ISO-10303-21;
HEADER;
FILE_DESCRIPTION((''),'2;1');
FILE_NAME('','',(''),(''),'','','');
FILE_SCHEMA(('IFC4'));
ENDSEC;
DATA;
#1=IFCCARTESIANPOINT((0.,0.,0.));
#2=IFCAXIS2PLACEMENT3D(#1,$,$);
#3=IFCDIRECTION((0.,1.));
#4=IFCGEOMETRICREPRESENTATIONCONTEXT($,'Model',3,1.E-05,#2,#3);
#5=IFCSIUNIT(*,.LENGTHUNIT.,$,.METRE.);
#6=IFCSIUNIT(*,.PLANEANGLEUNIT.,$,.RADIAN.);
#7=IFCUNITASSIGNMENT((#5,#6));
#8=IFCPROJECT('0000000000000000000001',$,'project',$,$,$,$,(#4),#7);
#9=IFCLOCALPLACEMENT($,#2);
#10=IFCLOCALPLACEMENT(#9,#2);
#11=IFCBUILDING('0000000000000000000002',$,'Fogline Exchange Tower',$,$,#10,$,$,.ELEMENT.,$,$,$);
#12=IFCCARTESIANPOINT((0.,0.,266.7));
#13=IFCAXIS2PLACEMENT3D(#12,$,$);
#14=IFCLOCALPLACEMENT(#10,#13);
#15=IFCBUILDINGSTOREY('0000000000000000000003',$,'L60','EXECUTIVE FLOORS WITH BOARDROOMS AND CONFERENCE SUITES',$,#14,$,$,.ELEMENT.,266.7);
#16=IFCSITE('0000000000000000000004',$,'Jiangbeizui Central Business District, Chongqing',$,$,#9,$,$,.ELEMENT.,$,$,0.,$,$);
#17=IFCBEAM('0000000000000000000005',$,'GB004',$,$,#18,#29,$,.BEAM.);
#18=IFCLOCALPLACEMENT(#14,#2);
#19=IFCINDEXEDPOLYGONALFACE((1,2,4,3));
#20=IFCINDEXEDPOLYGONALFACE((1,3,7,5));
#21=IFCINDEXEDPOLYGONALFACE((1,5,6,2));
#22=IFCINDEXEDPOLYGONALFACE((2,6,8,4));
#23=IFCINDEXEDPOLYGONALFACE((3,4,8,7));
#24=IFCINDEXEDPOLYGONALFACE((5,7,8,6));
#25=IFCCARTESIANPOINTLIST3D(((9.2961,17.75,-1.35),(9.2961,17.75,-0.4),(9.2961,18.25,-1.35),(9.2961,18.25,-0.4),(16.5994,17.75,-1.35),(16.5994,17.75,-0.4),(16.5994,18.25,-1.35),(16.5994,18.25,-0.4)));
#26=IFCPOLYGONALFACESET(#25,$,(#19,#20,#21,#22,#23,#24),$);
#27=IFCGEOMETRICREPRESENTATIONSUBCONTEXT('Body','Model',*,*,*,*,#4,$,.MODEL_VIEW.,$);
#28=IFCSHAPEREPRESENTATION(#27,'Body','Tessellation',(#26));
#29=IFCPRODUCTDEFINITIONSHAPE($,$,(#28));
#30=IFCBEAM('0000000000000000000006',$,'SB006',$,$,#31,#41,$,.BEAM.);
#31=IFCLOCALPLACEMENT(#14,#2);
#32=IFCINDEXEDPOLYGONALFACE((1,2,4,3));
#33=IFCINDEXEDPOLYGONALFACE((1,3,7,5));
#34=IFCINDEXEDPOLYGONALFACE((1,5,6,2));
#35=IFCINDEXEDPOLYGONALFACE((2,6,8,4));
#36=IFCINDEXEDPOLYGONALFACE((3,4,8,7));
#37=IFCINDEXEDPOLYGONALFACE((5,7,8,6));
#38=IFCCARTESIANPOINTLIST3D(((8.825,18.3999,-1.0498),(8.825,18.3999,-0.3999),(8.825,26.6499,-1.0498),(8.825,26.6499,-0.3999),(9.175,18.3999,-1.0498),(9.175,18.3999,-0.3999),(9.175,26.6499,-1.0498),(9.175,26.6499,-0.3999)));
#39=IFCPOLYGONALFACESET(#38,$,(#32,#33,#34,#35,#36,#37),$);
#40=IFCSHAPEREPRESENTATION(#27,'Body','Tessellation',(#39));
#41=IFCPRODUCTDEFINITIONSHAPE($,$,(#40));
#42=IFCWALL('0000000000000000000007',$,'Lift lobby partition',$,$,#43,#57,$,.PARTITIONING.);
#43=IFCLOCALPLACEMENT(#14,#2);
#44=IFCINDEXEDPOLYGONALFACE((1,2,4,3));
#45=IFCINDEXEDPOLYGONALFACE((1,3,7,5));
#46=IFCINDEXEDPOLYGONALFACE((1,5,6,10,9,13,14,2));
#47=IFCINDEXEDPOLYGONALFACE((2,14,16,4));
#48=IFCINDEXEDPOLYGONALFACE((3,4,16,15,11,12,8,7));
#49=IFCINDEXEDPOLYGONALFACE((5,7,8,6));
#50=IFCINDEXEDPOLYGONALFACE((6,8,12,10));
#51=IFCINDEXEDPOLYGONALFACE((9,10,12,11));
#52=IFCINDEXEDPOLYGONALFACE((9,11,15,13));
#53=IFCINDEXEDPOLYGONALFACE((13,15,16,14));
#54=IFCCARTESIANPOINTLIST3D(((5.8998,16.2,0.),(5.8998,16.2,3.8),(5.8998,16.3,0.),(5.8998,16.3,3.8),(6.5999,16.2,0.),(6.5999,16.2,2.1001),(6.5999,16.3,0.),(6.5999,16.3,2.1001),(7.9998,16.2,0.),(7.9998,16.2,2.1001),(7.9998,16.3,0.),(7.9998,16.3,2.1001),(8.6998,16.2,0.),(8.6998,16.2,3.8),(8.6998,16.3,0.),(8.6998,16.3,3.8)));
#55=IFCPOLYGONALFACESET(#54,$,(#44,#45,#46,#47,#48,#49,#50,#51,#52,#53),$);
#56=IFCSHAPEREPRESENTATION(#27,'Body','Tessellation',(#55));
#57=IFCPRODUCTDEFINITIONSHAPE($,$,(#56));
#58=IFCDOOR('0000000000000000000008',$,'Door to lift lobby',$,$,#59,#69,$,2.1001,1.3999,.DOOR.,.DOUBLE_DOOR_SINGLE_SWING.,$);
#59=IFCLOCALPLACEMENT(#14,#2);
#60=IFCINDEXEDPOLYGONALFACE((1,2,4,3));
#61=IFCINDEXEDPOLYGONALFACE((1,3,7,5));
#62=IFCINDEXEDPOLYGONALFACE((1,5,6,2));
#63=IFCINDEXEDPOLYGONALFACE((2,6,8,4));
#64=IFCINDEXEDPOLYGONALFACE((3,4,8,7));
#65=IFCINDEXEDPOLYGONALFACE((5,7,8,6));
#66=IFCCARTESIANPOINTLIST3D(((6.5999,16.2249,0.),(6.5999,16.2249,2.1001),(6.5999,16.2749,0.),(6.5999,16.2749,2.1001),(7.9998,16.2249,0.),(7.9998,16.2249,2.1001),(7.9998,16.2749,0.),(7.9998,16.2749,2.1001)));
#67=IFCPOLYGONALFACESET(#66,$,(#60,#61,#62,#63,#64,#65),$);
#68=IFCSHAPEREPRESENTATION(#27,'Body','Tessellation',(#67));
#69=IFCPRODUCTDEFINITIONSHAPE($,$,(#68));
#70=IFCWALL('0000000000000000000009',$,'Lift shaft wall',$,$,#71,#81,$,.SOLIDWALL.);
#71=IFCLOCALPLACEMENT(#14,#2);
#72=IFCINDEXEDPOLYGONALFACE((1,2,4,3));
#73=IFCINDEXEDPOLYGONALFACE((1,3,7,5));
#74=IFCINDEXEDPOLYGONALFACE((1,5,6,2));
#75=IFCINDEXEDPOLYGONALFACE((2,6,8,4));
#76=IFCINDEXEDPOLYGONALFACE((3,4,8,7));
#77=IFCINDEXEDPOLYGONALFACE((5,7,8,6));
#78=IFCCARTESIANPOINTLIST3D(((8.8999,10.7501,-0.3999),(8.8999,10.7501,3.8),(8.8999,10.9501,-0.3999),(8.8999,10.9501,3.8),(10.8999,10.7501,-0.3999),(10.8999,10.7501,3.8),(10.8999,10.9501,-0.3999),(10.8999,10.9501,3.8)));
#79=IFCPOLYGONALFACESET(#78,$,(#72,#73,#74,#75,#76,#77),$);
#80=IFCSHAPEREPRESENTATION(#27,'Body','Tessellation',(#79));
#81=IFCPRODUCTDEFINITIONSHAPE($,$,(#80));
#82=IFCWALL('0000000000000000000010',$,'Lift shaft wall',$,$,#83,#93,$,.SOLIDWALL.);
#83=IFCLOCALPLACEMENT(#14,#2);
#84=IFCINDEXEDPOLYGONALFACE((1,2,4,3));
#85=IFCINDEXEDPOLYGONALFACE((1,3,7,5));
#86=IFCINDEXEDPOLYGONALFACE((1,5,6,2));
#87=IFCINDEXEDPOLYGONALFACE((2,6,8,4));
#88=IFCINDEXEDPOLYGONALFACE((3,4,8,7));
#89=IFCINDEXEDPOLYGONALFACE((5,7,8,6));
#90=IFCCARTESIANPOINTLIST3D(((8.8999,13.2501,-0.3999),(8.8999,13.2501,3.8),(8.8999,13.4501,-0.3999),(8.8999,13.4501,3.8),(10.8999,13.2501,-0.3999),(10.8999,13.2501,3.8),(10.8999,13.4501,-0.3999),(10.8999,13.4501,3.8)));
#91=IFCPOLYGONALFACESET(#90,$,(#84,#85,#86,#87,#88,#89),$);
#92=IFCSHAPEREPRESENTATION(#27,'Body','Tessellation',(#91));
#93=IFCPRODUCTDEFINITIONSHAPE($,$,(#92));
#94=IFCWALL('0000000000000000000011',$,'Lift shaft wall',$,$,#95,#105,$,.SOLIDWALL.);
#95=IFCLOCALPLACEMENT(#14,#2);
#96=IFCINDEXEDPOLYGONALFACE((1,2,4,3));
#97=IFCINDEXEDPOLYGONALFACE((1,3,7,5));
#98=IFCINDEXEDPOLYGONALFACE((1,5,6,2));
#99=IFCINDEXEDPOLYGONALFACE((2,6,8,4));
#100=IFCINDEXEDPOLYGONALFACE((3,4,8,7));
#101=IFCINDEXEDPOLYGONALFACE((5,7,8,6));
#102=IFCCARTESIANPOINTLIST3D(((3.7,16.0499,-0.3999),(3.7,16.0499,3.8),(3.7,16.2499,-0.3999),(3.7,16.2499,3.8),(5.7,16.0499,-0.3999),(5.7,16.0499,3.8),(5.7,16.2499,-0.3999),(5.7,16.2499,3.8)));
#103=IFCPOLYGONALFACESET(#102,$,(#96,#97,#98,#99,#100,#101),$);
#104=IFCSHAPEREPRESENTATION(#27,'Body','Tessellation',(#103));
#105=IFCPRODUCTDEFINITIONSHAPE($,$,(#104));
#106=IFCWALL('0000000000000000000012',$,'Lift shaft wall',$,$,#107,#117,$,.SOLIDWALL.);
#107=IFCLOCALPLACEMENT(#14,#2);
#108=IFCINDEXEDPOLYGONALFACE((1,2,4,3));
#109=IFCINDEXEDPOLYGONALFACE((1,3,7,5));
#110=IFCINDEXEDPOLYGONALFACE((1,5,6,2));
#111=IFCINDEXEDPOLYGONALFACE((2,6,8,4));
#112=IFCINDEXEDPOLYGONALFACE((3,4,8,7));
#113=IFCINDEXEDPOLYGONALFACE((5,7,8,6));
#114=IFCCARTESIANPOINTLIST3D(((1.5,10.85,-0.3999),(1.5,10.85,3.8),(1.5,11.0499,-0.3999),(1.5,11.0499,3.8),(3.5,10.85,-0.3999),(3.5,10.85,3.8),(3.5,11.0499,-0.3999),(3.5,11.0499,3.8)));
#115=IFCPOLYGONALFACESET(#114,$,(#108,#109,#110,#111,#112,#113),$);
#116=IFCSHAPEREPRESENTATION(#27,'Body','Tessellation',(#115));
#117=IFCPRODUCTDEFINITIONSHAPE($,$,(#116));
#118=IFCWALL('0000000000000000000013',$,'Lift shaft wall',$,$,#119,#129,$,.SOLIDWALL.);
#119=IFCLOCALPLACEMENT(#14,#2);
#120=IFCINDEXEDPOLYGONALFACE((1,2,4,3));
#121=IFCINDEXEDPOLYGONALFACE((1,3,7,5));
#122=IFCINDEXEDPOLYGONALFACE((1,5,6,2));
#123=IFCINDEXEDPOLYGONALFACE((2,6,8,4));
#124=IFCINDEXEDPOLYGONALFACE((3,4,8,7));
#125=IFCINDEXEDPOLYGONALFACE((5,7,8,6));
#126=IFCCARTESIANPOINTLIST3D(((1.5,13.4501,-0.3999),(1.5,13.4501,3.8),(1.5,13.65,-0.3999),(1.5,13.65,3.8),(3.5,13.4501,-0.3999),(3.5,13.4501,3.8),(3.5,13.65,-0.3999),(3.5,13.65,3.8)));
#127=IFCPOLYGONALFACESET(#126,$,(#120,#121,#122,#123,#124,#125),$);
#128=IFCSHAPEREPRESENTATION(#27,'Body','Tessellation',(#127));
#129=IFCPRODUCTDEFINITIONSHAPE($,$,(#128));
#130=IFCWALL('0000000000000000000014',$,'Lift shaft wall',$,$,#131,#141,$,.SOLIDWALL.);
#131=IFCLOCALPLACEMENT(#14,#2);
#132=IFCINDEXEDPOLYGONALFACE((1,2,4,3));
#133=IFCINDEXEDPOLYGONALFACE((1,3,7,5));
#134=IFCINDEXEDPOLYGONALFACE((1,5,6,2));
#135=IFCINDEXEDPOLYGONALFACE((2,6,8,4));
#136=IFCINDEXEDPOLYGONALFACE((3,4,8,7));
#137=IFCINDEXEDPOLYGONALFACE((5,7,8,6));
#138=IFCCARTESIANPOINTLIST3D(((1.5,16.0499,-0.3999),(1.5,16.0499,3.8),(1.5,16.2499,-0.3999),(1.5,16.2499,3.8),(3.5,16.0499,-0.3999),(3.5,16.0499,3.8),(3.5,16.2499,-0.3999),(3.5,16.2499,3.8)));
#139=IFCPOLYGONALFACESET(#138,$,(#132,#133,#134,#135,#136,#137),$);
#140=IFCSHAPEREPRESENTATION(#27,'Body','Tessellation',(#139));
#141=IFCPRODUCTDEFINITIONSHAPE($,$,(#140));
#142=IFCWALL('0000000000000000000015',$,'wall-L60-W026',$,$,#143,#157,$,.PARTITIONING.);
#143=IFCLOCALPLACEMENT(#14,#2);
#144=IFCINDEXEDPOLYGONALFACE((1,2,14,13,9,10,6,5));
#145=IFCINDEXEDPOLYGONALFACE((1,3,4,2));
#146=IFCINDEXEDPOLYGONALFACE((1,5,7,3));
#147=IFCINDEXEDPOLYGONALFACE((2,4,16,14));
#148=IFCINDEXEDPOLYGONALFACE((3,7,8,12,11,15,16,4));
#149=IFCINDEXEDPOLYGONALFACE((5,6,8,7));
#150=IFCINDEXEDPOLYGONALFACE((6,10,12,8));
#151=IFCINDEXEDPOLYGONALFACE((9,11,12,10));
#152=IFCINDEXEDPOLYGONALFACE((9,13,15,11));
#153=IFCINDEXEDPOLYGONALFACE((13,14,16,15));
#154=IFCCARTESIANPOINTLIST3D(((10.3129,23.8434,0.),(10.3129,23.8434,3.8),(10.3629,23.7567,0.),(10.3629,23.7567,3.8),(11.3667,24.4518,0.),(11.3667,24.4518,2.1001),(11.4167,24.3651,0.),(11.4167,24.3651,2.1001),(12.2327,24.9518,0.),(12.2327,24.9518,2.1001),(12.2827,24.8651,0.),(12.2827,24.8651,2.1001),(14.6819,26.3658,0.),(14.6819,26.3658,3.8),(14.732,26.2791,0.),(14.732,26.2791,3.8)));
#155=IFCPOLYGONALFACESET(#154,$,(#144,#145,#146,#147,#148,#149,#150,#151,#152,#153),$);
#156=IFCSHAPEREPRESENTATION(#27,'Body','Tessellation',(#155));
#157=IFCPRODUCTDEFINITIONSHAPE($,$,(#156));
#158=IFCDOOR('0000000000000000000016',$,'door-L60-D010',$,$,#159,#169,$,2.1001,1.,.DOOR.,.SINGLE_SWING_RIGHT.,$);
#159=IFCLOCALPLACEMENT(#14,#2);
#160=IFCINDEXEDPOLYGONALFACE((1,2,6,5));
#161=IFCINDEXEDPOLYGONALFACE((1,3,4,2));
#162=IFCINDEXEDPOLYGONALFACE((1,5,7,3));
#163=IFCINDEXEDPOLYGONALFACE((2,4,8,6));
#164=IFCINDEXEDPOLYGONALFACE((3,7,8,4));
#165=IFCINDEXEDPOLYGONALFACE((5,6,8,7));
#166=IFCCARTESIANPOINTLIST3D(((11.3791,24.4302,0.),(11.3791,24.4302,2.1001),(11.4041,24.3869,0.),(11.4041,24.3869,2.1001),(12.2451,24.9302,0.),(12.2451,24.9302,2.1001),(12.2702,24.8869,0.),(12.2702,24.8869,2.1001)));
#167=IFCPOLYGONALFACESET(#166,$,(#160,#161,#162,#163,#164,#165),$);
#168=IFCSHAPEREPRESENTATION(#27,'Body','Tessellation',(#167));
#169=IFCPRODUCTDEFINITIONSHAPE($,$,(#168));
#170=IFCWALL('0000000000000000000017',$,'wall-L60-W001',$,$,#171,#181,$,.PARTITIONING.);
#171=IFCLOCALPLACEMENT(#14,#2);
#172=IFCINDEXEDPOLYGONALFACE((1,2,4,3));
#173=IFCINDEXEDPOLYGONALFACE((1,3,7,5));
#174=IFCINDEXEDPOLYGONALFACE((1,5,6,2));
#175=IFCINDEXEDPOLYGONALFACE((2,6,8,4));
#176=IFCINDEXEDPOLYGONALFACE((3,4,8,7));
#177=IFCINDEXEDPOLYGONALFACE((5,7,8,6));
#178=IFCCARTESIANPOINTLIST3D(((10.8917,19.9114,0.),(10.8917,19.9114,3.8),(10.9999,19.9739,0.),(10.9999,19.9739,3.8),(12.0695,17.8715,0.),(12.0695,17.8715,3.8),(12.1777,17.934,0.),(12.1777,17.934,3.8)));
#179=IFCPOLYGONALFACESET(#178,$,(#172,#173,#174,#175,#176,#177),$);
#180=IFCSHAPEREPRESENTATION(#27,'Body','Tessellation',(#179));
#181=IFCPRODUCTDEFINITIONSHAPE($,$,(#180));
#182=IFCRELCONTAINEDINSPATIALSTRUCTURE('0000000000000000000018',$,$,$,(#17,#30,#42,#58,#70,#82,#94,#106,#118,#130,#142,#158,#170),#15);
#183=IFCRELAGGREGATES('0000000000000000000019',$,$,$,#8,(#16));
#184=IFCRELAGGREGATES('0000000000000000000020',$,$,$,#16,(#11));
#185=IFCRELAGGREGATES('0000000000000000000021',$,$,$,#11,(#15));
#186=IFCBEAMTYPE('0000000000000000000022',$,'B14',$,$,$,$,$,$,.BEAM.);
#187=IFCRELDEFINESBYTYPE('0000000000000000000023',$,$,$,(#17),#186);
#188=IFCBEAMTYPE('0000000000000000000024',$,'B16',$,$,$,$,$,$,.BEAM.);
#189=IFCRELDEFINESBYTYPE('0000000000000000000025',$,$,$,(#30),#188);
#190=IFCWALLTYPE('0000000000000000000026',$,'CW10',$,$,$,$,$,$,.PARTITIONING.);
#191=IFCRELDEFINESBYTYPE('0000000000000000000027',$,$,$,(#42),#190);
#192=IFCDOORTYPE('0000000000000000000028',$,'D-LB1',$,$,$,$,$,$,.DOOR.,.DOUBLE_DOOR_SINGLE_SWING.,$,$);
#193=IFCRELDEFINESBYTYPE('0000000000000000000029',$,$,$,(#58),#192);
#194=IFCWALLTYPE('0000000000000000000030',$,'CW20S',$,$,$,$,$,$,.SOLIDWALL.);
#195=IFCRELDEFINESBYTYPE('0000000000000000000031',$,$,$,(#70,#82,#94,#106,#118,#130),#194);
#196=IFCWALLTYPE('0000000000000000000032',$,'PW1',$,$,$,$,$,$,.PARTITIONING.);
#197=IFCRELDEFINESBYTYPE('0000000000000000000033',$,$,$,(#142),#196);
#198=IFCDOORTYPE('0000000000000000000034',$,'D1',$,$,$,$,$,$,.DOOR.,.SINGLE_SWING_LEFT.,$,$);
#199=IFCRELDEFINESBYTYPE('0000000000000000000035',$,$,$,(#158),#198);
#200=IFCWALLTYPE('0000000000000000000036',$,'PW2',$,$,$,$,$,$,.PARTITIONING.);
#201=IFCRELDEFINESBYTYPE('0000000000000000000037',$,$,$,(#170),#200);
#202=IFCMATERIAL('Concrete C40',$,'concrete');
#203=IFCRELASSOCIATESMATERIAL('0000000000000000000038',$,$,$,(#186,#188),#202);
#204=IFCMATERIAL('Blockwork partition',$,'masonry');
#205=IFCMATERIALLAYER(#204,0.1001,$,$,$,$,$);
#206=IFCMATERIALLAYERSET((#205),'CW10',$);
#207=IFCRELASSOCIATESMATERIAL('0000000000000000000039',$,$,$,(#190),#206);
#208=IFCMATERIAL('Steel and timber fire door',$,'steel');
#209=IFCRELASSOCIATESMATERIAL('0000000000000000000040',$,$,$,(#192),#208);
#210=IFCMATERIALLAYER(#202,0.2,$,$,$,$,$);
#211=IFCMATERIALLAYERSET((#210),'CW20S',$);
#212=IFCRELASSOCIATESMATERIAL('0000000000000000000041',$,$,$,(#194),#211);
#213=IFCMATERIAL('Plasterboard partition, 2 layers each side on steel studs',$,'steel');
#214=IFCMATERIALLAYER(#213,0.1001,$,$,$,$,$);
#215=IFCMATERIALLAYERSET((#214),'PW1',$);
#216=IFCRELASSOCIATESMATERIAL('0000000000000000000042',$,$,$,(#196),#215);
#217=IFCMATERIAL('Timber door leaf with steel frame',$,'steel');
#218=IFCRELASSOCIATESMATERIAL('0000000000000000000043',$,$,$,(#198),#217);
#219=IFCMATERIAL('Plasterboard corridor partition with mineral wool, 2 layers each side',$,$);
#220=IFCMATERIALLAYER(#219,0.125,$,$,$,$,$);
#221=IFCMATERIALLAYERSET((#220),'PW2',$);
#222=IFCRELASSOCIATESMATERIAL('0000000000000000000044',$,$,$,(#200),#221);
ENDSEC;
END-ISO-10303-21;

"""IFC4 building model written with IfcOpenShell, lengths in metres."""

from ifc_helpers import new_model, si_unit, direction, frame, frame_2d, origin, origin_2d, place, context, subcontext, project, spatial, rectangle, extrude, material, layer, layer_set, material_profile, profile_set, type_object, element, fill, save


model = new_model("IFC4")

# Units and contexts
model_context = context("Model", 3, precision=1e-05, world=origin(), true_north=direction((0.0, 1.0)))
body_context = subcontext(model_context, "Body", "Model", "MODEL_VIEW")
ifc_project = project(units=[si_unit("LENGTHUNIT", "METRE"), si_unit("PLANEANGLEUNIT", "RADIAN")], contexts=[model_context])

# Site, building, storey
site_placement = place(None, origin())
site = spatial("IfcSite", under=ifc_project, at=site_placement, Name="Jiangbeizui Central Business District, Chongqing", CompositionType="ELEMENT", RefElevation=0.0)
building_placement = place(site_placement, origin())
building = spatial("IfcBuilding", under=site, at=building_placement, Name="Fogline Exchange Tower", CompositionType="ELEMENT")
storey_placement = place(building_placement, frame((0.0, 0.0, 266.7)))
storey = spatial("IfcBuildingStorey", under=building, at=storey_placement, Name="L60", Description="EXECUTIVE FLOORS WITH BOARDROOMS AND CONFERENCE SUITES", CompositionType="ELEMENT", Elevation=266.7)

# Beams
ifc_material_1 = material(Name="Concrete C40", Category="concrete")
ifc_material_profile_1 = material_profile(ifc_material_1, rectangle(XDim=0.5, YDim=0.95, at=origin_2d()), Name="RC 500x950")
ifc_profile_set_1 = profile_set([ifc_material_profile_1], Name="Concrete C40")
beam_type_1 = type_object("IfcBeamType", Name="B14", PredefinedType="BEAM", material=ifc_profile_set_1)
beam_1_placement = place(storey_placement, frame((9.2961, 18.0, -0.875), z_axis=(1.0, 0.0, 0.0), x_axis=(0.0, 1.0, 0.0)))
element("IfcBeam", 1, at=beam_1_placement, inside=storey, type_object=beam_type_1, Name="GB004", PredefinedType="BEAM", context=body_context, shape_type="SweptSolid", body=[
    extrude(rectangle(XDim=0.5, YDim=0.95, at=origin_2d()), origin(), (0.0, 0.0, 1.0), 7.3032),
])
ifc_material_profile_2 = material_profile(ifc_material_1, rectangle(XDim=0.3501, YDim=0.6499, at=origin_2d()), Name="RC 350x650")
ifc_profile_set_2 = profile_set([ifc_material_profile_2], Name="Concrete C40")
beam_type_2 = type_object("IfcBeamType", Name="B16", PredefinedType="BEAM", material=ifc_profile_set_2)
beam_2_placement = place(storey_placement, frame((9.0, 18.3999, -0.7249), z_axis=(0.0, 1.0, 0.0), x_axis=(-1.0, 0.0, 0.0)))
element("IfcBeam", 2, at=beam_2_placement, inside=storey, type_object=beam_type_2, Name="SB006", PredefinedType="BEAM", context=body_context, shape_type="SweptSolid", body=[
    extrude(rectangle(XDim=0.3501, YDim=0.6499, at=origin_2d()), origin(), (0.0, 0.0, 1.0), 8.25),
])

# Wall, opening, door
ifc_material_2 = material(Name="Blockwork partition", Category="masonry")
ifc_layer_1 = layer(ifc_material_2, 0.1001)
ifc_layer_set_1 = layer_set([ifc_layer_1], Name="CW10")
wall_type_1 = type_object("IfcWallType", Name="CW10", PredefinedType="PARTITIONING", material=ifc_layer_set_1)
wall_1_placement = place(storey_placement, frame((5.8999, 16.25, 0.0), z_axis=(0.0, 0.0, 1.0), x_axis=(1.0, 0.0, 0.0)))
wall_1 = element("IfcWall", 3, at=wall_1_placement, inside=storey, type_object=wall_type_1, Name="Lift lobby partition", PredefinedType="PARTITIONING", context=body_context, shape_type="SweptSolid", body=[
    extrude(rectangle(XDim=2.8, YDim=0.1001, at=frame_2d((1.3999, 0.0))), origin(), (0.0, 0.0, 1.0), 3.8),
])
opening_1_placement = place(wall_1_placement, frame((0.7, 0.0, 0.0)))
opening_1 = element("IfcOpeningElement", 4, at=opening_1_placement, cuts=wall_1, PredefinedType="OPENING", context=body_context, shape_type="SweptSolid", body=[
    extrude(rectangle(XDim=1.3999, YDim=2.1001, at=frame_2d((0.7, 1.05))), frame((0.0, 0.0601, 0.0), z_axis=(0.0, -1.0, 0.0), x_axis=(1.0, 0.0, 0.0)), (0.0, 0.0, 1.0), 0.1201),
])
ifc_material_3 = material(Name="Steel and timber fire door", Category="steel")
door_type_1 = type_object("IfcDoorType", Name="D-LB1", OperationType="DOUBLE_DOOR_SINGLE_SWING", PredefinedType="DOOR", material=ifc_material_3)
door_1_placement = place(opening_1_placement, origin())
door_1 = element("IfcDoor", 5, at=door_1_placement, inside=storey, type_object=door_type_1, Name="Door to lift lobby", OperationType="DOUBLE_DOOR_SINGLE_SWING", OverallHeight=2.1001, OverallWidth=1.3999, PredefinedType="DOOR", context=body_context, shape_type="SweptSolid", body=[
    extrude(rectangle(XDim=1.3999, YDim=2.1001, at=frame_2d((0.7, 1.05))), frame((0.0, 0.0249, 0.0), z_axis=(0.0, -1.0, 0.0), x_axis=(1.0, 0.0, 0.0)), (0.0, 0.0, 1.0), 0.05),
])
fill(opening_1, door_1)

# Walls
ifc_layer_2 = layer(ifc_material_1, 0.2)
ifc_layer_set_2 = layer_set([ifc_layer_2], Name="CW20S")
wall_type_2 = type_object("IfcWallType", Name="CW20S", PredefinedType="SOLIDWALL", material=ifc_layer_set_2)
for number, where, z_axis, x_axis, name in (
    (6, (8.8999, 10.8501, -0.3999), (0.0, 0.0, 1.0), (1.0, 0.0, 0.0), "Lift shaft wall"),
    (7, (8.8999, 13.3501, -0.3999), (0.0, 0.0, 1.0), (1.0, 0.0, 0.0), "Lift shaft wall"),
    (8, (3.7, 16.1499, -0.3999), (0.0, 0.0, 1.0), (1.0, 0.0, 0.0), "Lift shaft wall"),
    (9, (1.5, 10.95, -0.3999), (0.0, 0.0, 1.0), (1.0, 0.0, 0.0), "Lift shaft wall"),
    (10, (1.5, 13.55, -0.3999), (0.0, 0.0, 1.0), (1.0, 0.0, 0.0), "Lift shaft wall"),
    (11, (1.5, 16.1499, -0.3999), (0.0, 0.0, 1.0), (1.0, 0.0, 0.0), "Lift shaft wall"),
):
    element("IfcWall", number, at=place(storey_placement, frame(where, z_axis=z_axis, x_axis=x_axis)), inside=storey, type_object=wall_type_2, Name=name, PredefinedType="SOLIDWALL", context=body_context, shape_type="SweptSolid", body=[
        extrude(rectangle(XDim=2.0, YDim=0.2, at=frame_2d((1.0, 0.0))), origin(), (0.0, 0.0, 1.0), 4.2),
    ])

# Wall, opening, door
ifc_material_4 = material(Name="Plasterboard partition, 2 layers each side on steel studs", Category="steel")
ifc_layer_3 = layer(ifc_material_4, 0.1001)
ifc_layer_set_3 = layer_set([ifc_layer_3], Name="PW1")
wall_type_3 = type_object("IfcWallType", Name="PW1", PredefinedType="PARTITIONING", material=ifc_layer_set_3)
wall_2_placement = place(storey_placement, frame((10.3379, 23.8, 0.0), z_axis=(0.0, 0.0, 1.0), x_axis=(0.866031, 0.499991, 0.0)))
wall_2 = element("IfcWall", 12, at=wall_2_placement, inside=storey, type_object=wall_type_3, Name="wall-L60-W026", PredefinedType="PARTITIONING", context=body_context, shape_type="SweptSolid", body=[
    extrude(rectangle(XDim=5.0449, YDim=0.1001, at=frame_2d((2.5225, 0.0))), origin(), (0.0, 0.0, 1.0), 3.8),
])
opening_2_placement = place(wall_2_placement, frame((1.2168, 0.0, 0.0)))
opening_2 = element("IfcOpeningElement", 13, at=opening_2_placement, cuts=wall_2, PredefinedType="OPENING", context=body_context, shape_type="SweptSolid", body=[
    extrude(rectangle(XDim=1.0, YDim=2.1001, at=frame_2d((0.5, 1.05))), frame((0.0, 0.0601, 0.0), z_axis=(0.0, -1.0, 0.0), x_axis=(1.0, 0.0, 0.0)), (0.0, 0.0, 1.0), 0.1201),
])
ifc_material_5 = material(Name="Timber door leaf with steel frame", Category="steel")
door_type_2 = type_object("IfcDoorType", Name="D1", OperationType="SINGLE_SWING_LEFT", PredefinedType="DOOR", material=ifc_material_5)
door_2_placement = place(opening_2_placement, frame((1.0, 0.0, 0.0), z_axis=(0.0, 0.0, 1.0), x_axis=(-1.0, 0.0, 0.0)))
door_2 = element("IfcDoor", 14, at=door_2_placement, inside=storey, type_object=door_type_2, Name="door-L60-D010", OperationType="SINGLE_SWING_RIGHT", OverallHeight=2.1001, OverallWidth=1.0, PredefinedType="DOOR", context=body_context, shape_type="SweptSolid", body=[
    extrude(rectangle(XDim=1.0, YDim=2.1001, at=frame_2d((0.5, 1.05))), frame((0.0, 0.0249, 0.0), z_axis=(0.0, -1.0, 0.0), x_axis=(1.0, 0.0, 0.0)), (0.0, 0.0, 1.0), 0.05),
])
fill(opening_2, door_2)

# Wall
ifc_material_6 = material(Name="Plasterboard corridor partition with mineral wool, 2 layers each side")
ifc_layer_4 = layer(ifc_material_6, 0.125)
ifc_layer_set_4 = layer_set([ifc_layer_4], Name="PW2")
wall_type_4 = type_object("IfcWallType", Name="PW2", PredefinedType="PARTITIONING", material=ifc_layer_set_4)
wall_3_placement = place(storey_placement, frame((10.9458, 19.9426, 0.0), z_axis=(0.0, 0.0, 1.0), x_axis=(0.500019, -0.866015, 0.0)))
element("IfcWall", 15, at=wall_3_placement, inside=storey, type_object=wall_type_4, Name="wall-L60-W001", PredefinedType="PARTITIONING", context=body_context, shape_type="SweptSolid", body=[
    extrude(rectangle(XDim=2.3555, YDim=0.125, at=frame_2d((1.1777, 0.0))), origin(), (0.0, 0.0, 1.0), 3.8),
])

save(model, "model.ifc")
